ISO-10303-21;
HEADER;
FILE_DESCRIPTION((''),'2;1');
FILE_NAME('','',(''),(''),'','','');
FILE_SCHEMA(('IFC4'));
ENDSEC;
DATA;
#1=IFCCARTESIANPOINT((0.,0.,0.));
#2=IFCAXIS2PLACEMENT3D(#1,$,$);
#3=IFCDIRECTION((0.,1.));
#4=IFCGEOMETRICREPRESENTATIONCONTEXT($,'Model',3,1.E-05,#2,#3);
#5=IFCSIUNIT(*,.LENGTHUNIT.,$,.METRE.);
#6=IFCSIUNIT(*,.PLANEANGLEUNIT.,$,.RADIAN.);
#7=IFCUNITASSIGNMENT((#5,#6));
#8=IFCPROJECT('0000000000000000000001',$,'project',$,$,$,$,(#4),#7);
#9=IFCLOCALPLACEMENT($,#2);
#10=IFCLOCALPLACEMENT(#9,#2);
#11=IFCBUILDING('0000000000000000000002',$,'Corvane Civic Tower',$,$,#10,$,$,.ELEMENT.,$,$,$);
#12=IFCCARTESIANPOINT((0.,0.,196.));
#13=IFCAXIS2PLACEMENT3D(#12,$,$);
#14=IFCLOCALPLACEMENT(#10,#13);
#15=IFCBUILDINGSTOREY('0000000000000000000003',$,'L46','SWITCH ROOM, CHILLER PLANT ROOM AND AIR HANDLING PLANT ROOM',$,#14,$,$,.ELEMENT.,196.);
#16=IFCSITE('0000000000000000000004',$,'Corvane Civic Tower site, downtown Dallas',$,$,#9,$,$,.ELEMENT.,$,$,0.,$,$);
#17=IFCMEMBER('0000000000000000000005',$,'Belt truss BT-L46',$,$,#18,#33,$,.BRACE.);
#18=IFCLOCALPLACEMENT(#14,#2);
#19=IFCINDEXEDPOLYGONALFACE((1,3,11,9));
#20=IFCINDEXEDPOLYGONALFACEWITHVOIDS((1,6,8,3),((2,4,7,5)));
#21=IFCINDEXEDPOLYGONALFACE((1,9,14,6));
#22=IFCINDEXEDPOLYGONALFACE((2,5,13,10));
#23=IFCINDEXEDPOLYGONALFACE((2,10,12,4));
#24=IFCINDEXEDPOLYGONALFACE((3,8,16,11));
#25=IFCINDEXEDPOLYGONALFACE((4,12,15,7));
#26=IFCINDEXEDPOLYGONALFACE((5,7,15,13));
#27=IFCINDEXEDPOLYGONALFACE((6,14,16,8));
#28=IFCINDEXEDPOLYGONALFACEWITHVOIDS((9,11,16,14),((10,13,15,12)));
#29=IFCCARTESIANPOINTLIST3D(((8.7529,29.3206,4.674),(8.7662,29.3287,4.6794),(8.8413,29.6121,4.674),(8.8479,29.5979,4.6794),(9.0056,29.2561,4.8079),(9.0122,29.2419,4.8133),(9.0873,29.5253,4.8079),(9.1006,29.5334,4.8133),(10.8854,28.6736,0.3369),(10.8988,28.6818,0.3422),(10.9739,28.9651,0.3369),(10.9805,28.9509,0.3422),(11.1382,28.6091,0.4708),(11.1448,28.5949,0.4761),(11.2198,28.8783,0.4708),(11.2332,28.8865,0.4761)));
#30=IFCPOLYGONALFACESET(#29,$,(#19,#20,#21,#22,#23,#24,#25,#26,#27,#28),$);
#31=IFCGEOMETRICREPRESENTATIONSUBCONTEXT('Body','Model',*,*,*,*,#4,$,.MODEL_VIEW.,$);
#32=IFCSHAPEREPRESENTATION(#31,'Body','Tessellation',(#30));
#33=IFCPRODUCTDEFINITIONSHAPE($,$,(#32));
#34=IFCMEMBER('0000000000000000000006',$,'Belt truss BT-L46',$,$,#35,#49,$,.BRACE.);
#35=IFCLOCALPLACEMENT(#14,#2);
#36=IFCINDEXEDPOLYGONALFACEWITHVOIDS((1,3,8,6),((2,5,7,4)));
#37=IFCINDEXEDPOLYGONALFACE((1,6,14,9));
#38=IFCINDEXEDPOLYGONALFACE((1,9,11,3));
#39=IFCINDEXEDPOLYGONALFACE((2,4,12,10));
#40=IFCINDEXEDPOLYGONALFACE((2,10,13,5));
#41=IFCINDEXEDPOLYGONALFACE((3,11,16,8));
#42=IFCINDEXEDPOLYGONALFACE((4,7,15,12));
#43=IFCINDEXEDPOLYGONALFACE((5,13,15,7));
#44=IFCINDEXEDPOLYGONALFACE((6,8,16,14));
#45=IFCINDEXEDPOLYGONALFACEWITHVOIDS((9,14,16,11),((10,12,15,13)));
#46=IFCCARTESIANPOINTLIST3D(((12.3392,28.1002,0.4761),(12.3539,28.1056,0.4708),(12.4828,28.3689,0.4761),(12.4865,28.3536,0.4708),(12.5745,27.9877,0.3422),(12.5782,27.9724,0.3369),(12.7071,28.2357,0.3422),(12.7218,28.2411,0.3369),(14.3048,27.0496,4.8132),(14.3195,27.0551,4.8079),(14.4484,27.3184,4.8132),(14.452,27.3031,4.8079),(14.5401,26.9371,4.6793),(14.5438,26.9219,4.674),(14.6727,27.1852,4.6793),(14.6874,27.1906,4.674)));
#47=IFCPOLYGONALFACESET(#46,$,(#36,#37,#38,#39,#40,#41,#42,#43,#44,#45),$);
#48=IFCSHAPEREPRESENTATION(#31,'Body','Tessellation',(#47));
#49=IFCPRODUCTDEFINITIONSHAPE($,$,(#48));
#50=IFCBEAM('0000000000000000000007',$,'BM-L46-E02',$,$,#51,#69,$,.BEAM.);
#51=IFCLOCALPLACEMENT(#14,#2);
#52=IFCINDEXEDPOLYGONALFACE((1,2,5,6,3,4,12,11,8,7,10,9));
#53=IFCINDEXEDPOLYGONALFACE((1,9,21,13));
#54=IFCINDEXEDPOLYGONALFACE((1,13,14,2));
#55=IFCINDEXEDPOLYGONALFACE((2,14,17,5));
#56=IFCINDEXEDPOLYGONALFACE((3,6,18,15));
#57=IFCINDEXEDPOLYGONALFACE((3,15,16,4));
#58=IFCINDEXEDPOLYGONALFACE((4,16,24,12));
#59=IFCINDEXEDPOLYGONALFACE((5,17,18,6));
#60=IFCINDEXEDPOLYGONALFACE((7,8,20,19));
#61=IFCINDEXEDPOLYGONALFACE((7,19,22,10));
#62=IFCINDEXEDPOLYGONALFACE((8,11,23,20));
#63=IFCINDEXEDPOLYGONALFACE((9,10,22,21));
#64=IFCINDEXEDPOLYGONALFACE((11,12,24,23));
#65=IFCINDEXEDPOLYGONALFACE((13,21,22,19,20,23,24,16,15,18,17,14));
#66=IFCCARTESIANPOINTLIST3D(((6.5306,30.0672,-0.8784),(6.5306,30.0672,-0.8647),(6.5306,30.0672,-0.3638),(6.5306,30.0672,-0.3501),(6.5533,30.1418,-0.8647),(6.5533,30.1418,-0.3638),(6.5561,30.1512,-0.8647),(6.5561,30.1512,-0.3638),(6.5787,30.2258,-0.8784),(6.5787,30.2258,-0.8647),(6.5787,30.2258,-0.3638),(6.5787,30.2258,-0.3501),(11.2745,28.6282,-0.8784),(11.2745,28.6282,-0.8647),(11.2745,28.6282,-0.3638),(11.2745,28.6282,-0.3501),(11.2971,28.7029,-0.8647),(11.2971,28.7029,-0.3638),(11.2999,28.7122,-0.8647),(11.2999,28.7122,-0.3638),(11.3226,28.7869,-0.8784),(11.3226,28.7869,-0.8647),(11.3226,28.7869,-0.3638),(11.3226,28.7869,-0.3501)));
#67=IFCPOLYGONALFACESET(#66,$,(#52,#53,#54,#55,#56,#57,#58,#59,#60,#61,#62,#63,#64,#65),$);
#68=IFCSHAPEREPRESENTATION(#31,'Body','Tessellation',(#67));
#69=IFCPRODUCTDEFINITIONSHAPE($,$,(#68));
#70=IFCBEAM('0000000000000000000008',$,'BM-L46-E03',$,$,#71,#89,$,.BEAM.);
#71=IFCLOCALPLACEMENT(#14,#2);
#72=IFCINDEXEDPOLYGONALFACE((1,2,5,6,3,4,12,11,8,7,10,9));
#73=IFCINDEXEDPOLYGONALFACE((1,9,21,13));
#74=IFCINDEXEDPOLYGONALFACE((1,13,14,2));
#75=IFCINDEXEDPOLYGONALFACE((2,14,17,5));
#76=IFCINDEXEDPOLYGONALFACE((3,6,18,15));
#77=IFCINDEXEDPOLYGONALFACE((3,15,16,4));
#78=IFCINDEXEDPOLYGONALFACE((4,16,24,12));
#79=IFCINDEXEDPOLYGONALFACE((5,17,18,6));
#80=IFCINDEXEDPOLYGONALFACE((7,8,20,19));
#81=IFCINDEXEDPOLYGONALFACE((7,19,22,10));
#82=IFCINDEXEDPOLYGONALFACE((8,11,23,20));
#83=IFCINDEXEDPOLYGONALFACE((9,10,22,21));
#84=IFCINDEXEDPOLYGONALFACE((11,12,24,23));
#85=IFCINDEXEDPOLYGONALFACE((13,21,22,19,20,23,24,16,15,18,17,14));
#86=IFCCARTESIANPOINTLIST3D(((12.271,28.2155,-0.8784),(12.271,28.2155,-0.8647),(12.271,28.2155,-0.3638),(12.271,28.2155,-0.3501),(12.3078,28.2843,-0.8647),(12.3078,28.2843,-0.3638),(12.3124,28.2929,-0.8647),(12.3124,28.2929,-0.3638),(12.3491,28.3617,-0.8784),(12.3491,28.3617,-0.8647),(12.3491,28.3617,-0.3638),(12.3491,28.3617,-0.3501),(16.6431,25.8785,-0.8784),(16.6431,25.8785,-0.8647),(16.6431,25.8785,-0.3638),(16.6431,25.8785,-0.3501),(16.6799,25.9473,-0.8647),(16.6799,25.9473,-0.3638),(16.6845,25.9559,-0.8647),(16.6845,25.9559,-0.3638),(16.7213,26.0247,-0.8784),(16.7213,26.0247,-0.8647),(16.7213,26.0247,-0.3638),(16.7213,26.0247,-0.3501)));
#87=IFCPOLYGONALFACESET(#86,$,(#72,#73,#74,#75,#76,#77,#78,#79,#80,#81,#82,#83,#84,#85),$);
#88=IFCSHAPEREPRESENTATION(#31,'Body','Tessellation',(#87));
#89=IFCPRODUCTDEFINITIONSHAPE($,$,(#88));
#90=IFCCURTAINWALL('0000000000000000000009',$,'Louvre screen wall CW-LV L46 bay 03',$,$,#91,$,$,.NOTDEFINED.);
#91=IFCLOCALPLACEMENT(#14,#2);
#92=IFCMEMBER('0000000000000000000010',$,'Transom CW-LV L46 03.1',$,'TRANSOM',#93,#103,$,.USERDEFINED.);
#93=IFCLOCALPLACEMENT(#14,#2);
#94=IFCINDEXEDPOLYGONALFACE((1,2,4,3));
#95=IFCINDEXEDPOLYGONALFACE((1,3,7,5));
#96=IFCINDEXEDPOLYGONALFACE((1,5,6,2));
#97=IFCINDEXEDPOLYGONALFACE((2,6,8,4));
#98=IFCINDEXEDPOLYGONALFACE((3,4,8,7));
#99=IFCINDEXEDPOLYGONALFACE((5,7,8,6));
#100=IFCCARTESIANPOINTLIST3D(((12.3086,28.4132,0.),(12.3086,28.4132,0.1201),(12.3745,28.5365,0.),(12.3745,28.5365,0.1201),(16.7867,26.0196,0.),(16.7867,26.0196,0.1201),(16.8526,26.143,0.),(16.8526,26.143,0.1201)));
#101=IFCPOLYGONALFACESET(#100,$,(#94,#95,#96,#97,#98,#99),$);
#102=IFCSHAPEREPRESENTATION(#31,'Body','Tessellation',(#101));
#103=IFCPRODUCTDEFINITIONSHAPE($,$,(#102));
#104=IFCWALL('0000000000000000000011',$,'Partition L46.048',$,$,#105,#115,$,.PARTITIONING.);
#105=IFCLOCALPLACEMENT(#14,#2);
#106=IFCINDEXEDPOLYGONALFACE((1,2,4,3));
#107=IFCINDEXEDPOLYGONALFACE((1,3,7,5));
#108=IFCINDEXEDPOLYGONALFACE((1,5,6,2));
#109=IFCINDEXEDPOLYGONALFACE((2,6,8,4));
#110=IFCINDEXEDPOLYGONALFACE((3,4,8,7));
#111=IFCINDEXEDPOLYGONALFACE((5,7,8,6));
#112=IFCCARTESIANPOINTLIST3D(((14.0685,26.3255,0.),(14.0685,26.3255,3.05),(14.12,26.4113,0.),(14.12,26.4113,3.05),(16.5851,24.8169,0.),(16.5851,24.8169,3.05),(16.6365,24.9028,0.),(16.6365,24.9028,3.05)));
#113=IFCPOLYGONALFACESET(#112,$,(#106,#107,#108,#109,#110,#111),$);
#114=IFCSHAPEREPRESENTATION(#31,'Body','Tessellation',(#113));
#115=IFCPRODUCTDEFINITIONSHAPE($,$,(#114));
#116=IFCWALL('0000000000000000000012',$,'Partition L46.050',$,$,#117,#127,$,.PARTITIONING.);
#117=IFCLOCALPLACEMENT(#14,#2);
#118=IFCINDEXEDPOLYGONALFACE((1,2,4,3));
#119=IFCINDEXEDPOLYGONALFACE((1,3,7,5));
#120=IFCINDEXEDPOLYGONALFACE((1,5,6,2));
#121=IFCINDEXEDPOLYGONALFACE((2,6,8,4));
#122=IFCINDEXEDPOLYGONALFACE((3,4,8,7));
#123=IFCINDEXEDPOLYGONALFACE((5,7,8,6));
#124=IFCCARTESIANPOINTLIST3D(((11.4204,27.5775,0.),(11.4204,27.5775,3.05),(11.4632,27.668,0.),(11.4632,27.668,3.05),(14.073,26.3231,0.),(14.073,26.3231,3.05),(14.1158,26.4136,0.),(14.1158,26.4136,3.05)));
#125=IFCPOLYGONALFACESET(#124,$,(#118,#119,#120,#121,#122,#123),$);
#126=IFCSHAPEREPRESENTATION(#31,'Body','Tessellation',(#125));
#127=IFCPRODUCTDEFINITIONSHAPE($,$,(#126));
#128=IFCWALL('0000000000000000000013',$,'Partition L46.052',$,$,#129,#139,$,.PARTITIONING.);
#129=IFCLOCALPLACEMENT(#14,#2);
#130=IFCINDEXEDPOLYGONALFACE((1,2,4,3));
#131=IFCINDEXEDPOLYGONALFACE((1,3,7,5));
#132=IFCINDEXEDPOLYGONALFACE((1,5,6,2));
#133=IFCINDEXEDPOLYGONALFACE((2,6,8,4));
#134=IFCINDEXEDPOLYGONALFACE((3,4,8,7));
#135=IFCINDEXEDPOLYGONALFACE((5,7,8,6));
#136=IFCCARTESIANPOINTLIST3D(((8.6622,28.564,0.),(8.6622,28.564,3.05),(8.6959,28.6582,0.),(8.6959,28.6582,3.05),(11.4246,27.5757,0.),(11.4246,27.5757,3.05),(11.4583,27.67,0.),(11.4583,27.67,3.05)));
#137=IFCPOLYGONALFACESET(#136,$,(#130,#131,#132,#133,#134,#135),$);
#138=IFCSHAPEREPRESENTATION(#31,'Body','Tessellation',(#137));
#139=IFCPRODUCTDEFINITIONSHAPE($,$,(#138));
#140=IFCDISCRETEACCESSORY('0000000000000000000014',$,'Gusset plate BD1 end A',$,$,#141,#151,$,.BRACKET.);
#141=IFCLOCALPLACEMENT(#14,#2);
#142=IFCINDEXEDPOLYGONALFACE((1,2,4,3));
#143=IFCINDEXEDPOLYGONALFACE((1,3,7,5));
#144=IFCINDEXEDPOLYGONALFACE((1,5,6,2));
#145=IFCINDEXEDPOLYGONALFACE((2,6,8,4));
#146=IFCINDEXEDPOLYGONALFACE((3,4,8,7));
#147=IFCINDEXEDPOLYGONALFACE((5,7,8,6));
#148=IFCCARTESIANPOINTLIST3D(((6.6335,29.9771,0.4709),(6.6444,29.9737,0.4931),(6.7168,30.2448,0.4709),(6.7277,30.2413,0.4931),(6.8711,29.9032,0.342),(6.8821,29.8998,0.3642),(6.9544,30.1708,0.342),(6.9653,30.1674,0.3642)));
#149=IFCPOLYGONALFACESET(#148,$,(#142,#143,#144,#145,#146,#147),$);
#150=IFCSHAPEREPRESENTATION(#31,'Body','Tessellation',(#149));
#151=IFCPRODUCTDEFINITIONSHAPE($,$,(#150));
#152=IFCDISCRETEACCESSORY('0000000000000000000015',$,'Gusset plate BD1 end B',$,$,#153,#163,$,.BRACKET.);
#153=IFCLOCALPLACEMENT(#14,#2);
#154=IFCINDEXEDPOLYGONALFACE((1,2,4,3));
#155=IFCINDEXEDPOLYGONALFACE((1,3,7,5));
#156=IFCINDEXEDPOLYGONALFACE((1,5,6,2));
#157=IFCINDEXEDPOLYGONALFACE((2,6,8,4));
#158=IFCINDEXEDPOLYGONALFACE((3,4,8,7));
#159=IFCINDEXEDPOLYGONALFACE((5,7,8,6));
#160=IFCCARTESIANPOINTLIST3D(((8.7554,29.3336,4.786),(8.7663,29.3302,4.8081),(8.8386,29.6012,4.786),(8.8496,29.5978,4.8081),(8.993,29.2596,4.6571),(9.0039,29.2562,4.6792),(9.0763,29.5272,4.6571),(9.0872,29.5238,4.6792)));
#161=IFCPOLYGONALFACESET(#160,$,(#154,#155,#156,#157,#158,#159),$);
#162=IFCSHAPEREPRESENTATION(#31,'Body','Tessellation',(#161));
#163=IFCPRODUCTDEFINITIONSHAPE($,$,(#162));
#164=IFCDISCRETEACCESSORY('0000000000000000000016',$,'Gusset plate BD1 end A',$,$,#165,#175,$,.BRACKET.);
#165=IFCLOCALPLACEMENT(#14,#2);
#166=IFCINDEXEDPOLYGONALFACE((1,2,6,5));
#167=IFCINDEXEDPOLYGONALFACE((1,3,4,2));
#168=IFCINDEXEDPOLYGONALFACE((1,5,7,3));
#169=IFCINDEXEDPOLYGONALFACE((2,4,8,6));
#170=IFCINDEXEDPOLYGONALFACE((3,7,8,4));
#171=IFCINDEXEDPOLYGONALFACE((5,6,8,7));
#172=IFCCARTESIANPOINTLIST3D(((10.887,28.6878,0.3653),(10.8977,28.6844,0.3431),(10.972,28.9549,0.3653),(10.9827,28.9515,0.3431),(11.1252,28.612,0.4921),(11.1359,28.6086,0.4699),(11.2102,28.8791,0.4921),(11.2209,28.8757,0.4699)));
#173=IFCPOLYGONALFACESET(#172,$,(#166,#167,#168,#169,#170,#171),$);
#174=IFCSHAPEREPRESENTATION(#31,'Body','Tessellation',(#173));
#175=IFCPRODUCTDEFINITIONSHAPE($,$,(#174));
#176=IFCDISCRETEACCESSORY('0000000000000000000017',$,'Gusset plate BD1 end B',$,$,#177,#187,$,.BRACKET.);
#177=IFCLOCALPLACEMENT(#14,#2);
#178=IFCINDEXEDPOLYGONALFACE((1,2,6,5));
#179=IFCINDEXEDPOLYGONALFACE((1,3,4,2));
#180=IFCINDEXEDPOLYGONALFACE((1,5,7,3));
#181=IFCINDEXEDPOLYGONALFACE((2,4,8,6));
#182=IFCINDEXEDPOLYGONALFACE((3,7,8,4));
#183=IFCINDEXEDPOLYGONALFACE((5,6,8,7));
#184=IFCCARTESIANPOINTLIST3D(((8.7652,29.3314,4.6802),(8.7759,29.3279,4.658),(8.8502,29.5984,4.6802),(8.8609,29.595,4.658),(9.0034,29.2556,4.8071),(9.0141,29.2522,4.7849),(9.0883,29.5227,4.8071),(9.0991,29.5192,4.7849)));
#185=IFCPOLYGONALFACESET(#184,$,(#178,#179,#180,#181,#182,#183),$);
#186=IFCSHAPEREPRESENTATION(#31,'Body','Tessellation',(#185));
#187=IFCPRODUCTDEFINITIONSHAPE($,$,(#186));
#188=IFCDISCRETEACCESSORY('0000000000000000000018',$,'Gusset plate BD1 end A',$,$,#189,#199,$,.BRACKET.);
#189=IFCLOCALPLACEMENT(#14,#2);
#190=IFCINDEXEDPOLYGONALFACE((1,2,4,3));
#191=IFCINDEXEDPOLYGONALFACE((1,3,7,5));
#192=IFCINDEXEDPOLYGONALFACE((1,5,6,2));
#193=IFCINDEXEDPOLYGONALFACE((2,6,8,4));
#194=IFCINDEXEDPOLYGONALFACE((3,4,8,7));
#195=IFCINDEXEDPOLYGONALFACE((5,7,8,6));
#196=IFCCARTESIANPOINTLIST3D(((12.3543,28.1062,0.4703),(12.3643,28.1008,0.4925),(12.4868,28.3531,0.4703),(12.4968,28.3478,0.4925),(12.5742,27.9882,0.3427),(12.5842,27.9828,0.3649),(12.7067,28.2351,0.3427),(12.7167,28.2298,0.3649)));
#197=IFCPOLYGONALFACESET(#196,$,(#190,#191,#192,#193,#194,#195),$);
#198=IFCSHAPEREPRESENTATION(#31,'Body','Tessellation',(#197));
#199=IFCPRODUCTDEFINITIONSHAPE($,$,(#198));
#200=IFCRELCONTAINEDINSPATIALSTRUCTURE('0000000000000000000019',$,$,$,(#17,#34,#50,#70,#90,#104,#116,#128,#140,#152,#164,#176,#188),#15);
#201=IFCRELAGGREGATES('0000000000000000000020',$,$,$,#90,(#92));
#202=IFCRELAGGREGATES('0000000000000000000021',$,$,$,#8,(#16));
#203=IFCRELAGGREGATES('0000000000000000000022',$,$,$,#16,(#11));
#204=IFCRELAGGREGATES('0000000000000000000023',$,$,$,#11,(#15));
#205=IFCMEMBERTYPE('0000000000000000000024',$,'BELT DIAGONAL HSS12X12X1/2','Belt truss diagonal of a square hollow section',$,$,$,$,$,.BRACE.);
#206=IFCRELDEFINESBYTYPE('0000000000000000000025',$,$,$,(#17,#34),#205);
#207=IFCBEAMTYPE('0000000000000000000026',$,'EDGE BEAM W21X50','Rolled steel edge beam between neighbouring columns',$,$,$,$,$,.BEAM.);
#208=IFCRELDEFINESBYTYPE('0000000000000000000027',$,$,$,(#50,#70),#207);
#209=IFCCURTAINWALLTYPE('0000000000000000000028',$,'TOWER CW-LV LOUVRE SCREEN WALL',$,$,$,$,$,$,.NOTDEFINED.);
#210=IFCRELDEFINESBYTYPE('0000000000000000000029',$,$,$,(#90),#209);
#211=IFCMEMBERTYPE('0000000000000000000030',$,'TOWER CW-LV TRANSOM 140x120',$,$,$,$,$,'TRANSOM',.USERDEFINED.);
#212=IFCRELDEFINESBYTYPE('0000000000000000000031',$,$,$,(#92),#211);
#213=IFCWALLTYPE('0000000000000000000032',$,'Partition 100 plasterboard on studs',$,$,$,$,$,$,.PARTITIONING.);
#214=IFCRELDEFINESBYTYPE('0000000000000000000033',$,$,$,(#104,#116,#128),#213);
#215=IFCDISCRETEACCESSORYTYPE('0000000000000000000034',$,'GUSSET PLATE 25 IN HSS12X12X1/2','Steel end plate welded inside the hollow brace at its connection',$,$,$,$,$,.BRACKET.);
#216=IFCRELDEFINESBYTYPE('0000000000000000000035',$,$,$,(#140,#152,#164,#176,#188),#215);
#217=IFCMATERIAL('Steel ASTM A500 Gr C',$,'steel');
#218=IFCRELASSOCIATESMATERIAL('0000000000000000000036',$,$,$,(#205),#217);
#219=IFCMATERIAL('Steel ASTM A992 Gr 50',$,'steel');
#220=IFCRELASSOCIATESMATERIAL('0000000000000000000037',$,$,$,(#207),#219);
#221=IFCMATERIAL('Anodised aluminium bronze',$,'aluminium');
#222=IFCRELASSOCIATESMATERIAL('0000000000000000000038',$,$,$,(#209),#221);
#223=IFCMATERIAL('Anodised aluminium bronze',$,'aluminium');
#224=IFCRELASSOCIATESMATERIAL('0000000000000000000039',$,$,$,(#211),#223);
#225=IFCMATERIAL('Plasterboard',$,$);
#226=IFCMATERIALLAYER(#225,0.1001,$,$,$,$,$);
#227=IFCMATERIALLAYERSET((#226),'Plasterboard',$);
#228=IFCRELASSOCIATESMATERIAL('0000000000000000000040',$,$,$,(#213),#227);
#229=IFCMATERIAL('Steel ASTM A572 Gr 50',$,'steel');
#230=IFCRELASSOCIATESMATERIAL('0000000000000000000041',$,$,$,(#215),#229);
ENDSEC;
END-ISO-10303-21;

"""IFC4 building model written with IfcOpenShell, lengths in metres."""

from ifc_helpers import new_model, si_unit, direction, frame, frame_2d, origin, origin_2d, place, context, subcontext, project, spatial, rectangle, hollow_rectangle, i_section, extrude, material, layer, layer_set, material_profile, profile_set, type_object, element, aggregate, save


model = new_model("IFC4")

# Units and contexts
model_context = context("Model", 3, precision=1e-05, world=origin(), true_north=direction((0.0, 1.0)))
body_context = subcontext(model_context, "Body", "Model", "MODEL_VIEW")
ifc_project = project(units=[si_unit("LENGTHUNIT", "METRE"), si_unit("PLANEANGLEUNIT", "RADIAN")], contexts=[model_context])

# Site, building, storey
site_placement = place(None, origin())
site = spatial("IfcSite", under=ifc_project, at=site_placement, Name="Corvane Civic Tower site, downtown Dallas", CompositionType="ELEMENT", RefElevation=0.0)
building_placement = place(site_placement, origin())
building = spatial("IfcBuilding", under=site, at=building_placement, Name="Corvane Civic Tower", CompositionType="ELEMENT")
storey_placement = place(building_placement, frame((0.0, 0.0, 196.0)))
storey = spatial("IfcBuildingStorey", under=building, at=storey_placement, Name="L46", Description="SWITCH ROOM, CHILLER PLANT ROOM AND AIR HANDLING PLANT ROOM", CompositionType="ELEMENT", Elevation=196.0)

# Members
ifc_material_1 = material(Name="Steel ASTM A500 Gr C", Category="steel")
ifc_material_profile_1 = material_profile(ifc_material_1, hollow_rectangle(XDim=0.3047, YDim=0.3047, WallThickness=0.0117, at=origin_2d()), Name="HSS12X12X1/2")
ifc_profile_set_1 = profile_set([ifc_material_profile_1], Name="Steel ASTM A500 Gr C")
member_type_1 = type_object("IfcMemberType", Name="BELT DIAGONAL HSS12X12X1/2", Description="Belt truss diagonal of a square hollow section", PredefinedType="BRACE", material=ifc_profile_set_1)
for number, where, z_axis, x_axis, name in (
    (1, (11.0593, 28.78, 0.4065), (-0.437342, 0.13268, 0.889454), (-0.290311, -0.956932, 0.0), "Belt truss BT-L46"),
    (2, (12.5305, 28.1707, 0.4065), (0.40309, -0.215438, 0.889441), (0.471367, 0.881937, 0.0), "Belt truss BT-L46"),
):
    element("IfcMember", number, at=place(storey_placement, frame(where, z_axis=z_axis, x_axis=x_axis)), inside=storey, type_object=member_type_1, Name=name, PredefinedType="BRACE", context=body_context, shape_type="SweptSolid", body=[
        extrude(hollow_rectangle(XDim=0.3047, YDim=0.3047, WallThickness=0.0117, at=origin_2d()), origin(), (0.0, 0.0, 1.0), 4.8762),
    ])

# Beams
ifc_material_2 = material(Name="Steel ASTM A992 Gr 50", Category="steel")
ifc_material_profile_2 = material_profile(ifc_material_2, i_section(OverallWidth=0.1658, OverallDepth=0.5283, WebThickness=0.0098, FlangeThickness=0.0137, at=origin_2d()), Name="W21X50")
ifc_profile_set_2 = profile_set([ifc_material_profile_2], Name="Steel ASTM A992 Gr 50")
beam_type = type_object("IfcBeamType", Name="EDGE BEAM W21X50", Description="Rolled steel edge beam between neighbouring columns", PredefinedType="BEAM", material=ifc_profile_set_2)
beam_1_placement = place(storey_placement, frame((6.5547, 30.1465, -0.6143), z_axis=(0.956945, -0.29027, 0.0), x_axis=(0.29027, 0.956945, 0.0)))
element("IfcBeam", 3, at=beam_1_placement, inside=storey, type_object=beam_type, Name="BM-L46-E02", PredefinedType="BEAM", context=body_context, shape_type="SweptSolid", body=[
    extrude(i_section(OverallWidth=0.1658, OverallDepth=0.5283, WebThickness=0.0098, FlangeThickness=0.0137, at=origin_2d()), origin(), (0.0, 0.0, 1.0), 4.9573),
])
beam_2_placement = place(storey_placement, frame((12.3101, 28.2886, -0.6143), z_axis=(0.881922, -0.471396, 0.0), x_axis=(0.471396, 0.881922, 0.0)))
element("IfcBeam", 4, at=beam_2_placement, inside=storey, type_object=beam_type, Name="BM-L46-E03", PredefinedType="BEAM", context=body_context, shape_type="SweptSolid", body=[
    extrude(i_section(OverallWidth=0.1658, OverallDepth=0.5283, WebThickness=0.0098, FlangeThickness=0.0137, at=origin_2d()), origin(), (0.0, 0.0, 1.0), 4.9575),
])

# Curtain wall, member
ifc_material_3 = material(Name="Anodised aluminium bronze", Category="aluminium")
curtain_wall_type = type_object("IfcCurtainWallType", Name="TOWER CW-LV LOUVRE SCREEN WALL", PredefinedType="NOTDEFINED", material=ifc_material_3)
curtain_wall_placement = place(storey_placement, origin())
curtain_wall = element("IfcCurtainWall", 5, at=curtain_wall_placement, inside=storey, type_object=curtain_wall_type, Name="Louvre screen wall CW-LV L46 bay 03", PredefinedType="NOTDEFINED")
ifc_material_4 = material(Name="Anodised aluminium bronze", Category="aluminium")
ifc_material_profile_3 = material_profile(ifc_material_4, rectangle(XDim=0.1399, YDim=0.1201, at=origin_2d()), Name="TOWER CW-LV TRANSOM 140x120")
ifc_profile_set_3 = profile_set([ifc_material_profile_3], Name="Anodised aluminium bronze")
member_type_2 = type_object("IfcMemberType", Name="TOWER CW-LV TRANSOM 140x120", ElementType="TRANSOM", PredefinedType="USERDEFINED", material=ifc_profile_set_3)
member_placement = place(storey_placement, frame((12.3416, 28.4749, 0.0601), z_axis=(0.881921, -0.471397, 0.0), x_axis=(0.471397, 0.881921, 0.0)))
member = element("IfcMember", 6, at=member_placement, type_object=member_type_2, Name="Transom CW-LV L46 03.1", ObjectType="TRANSOM", PredefinedType="USERDEFINED", context=body_context, shape_type="SweptSolid", body=[
    extrude(rectangle(XDim=0.1399, YDim=0.1201, at=origin_2d()), origin(), (0.0, 0.0, 1.0), 5.0776),
])

# Walls
ifc_material_5 = material(Name="Plasterboard")
ifc_layer = layer(ifc_material_5, 0.1001)
ifc_layer_set = layer_set([ifc_layer], Name="Plasterboard")
wall_type = type_object("IfcWallType", Name="Partition 100 plasterboard on studs", PredefinedType="PARTITIONING", material=ifc_layer_set)
wall_1_placement = place(storey_placement, frame((14.0942, 26.3684, 0.0), z_axis=(0.0, 0.0, 1.0), x_axis=(0.857706, -0.514141, 0.0)))
element("IfcWall", 7, at=wall_1_placement, inside=storey, type_object=wall_type, Name="Partition L46.048", PredefinedType="PARTITIONING", context=body_context, shape_type="SweptSolid", body=[
    extrude(rectangle(XDim=2.9341, YDim=0.1001, at=frame_2d((1.467, 0.0))), origin(), (0.0, 0.0, 1.0), 3.05),
])
wall_2_placement = place(storey_placement, frame((11.4417, 27.6228, 0.0), z_axis=(0.0, 0.0, 1.0), x_axis=(0.904014, -0.427503, 0.0)))
element("IfcWall", 8, at=wall_2_placement, inside=storey, type_object=wall_type, Name="Partition L46.050", PredefinedType="PARTITIONING", context=body_context, shape_type="SweptSolid", body=[
    extrude(rectangle(XDim=2.9343, YDim=0.1001, at=frame_2d((1.4673, 0.0))), origin(), (0.0, 0.0, 1.0), 3.05),
])
wall_3_placement = place(storey_placement, frame((8.6792, 28.6111, 0.0), z_axis=(0.0, 0.0, 1.0), x_axis=(0.941559, -0.336848, 0.0)))
element("IfcWall", 9, at=wall_3_placement, inside=storey, type_object=wall_type, Name="Partition L46.052", PredefinedType="PARTITIONING", context=body_context, shape_type="SweptSolid", body=[
    extrude(rectangle(XDim=2.9338, YDim=0.1001, at=frame_2d((1.4668, 0.0))), origin(), (0.0, 0.0, 1.0), 3.05),
])

aggregate(curtain_wall, [member])

# Discrete accessories
ifc_material_6 = material(Name="Steel ASTM A572 Gr 50", Category="steel")
ifc_material_profile_4 = material_profile(ifc_material_6, rectangle(XDim=0.2803, YDim=0.2803, at=origin_2d()), Name="GUSSET PLATE 25 IN HSS12X12X1/2")
ifc_profile_set_4 = profile_set([ifc_material_profile_4], Name="Steel ASTM A572 Gr 50")
discrete_accessory_type = type_object("IfcDiscreteAccessoryType", Name="GUSSET PLATE 25 IN HSS12X12X1/2", Description="Steel end plate welded inside the hollow brace at its connection", PredefinedType="BRACKET", material=ifc_profile_set_4)
for number, where, z_axis, x_axis, name in (
    (10, (6.7939, 30.074, 0.4065), (0.439113, -0.136613, 0.887985), (0.297067, 0.954857, 0.0), "Gusset plate BD1 end A"),
    (11, (8.9268, 29.427, 4.7437), (-0.439113, 0.136613, -0.887985), (-0.297067, -0.954857, 0.0), "Gusset plate BD1 end B"),
    (12, (11.0593, 28.78, 0.4065), (-0.431186, 0.137196, 0.891771), (-0.303204, -0.952926, 0.0), "Gusset plate BD1 end A"),
    (13, (8.9268, 29.427, 4.7437), (0.431186, -0.137196, -0.891771), (0.303204, 0.952926, 0.0), "Gusset plate BD1 end B"),
    (14, (12.5305, 28.1707, 0.4065), (0.401152, -0.215252, 0.890362), (0.472818, 0.88116, 0.0), "Gusset plate BD1 end A"),
):
    element("IfcDiscreteAccessory", number, at=place(storey_placement, frame(where, z_axis=z_axis, x_axis=x_axis)), inside=storey, type_object=discrete_accessory_type, Name=name, PredefinedType="BRACKET", context=body_context, shape_type="SweptSolid", body=[
        extrude(rectangle(XDim=0.2803, YDim=0.2803, at=origin_2d()), origin(), (0.0, 0.0, 1.0), 0.0249),
    ])

save(model, "model.ifc")
